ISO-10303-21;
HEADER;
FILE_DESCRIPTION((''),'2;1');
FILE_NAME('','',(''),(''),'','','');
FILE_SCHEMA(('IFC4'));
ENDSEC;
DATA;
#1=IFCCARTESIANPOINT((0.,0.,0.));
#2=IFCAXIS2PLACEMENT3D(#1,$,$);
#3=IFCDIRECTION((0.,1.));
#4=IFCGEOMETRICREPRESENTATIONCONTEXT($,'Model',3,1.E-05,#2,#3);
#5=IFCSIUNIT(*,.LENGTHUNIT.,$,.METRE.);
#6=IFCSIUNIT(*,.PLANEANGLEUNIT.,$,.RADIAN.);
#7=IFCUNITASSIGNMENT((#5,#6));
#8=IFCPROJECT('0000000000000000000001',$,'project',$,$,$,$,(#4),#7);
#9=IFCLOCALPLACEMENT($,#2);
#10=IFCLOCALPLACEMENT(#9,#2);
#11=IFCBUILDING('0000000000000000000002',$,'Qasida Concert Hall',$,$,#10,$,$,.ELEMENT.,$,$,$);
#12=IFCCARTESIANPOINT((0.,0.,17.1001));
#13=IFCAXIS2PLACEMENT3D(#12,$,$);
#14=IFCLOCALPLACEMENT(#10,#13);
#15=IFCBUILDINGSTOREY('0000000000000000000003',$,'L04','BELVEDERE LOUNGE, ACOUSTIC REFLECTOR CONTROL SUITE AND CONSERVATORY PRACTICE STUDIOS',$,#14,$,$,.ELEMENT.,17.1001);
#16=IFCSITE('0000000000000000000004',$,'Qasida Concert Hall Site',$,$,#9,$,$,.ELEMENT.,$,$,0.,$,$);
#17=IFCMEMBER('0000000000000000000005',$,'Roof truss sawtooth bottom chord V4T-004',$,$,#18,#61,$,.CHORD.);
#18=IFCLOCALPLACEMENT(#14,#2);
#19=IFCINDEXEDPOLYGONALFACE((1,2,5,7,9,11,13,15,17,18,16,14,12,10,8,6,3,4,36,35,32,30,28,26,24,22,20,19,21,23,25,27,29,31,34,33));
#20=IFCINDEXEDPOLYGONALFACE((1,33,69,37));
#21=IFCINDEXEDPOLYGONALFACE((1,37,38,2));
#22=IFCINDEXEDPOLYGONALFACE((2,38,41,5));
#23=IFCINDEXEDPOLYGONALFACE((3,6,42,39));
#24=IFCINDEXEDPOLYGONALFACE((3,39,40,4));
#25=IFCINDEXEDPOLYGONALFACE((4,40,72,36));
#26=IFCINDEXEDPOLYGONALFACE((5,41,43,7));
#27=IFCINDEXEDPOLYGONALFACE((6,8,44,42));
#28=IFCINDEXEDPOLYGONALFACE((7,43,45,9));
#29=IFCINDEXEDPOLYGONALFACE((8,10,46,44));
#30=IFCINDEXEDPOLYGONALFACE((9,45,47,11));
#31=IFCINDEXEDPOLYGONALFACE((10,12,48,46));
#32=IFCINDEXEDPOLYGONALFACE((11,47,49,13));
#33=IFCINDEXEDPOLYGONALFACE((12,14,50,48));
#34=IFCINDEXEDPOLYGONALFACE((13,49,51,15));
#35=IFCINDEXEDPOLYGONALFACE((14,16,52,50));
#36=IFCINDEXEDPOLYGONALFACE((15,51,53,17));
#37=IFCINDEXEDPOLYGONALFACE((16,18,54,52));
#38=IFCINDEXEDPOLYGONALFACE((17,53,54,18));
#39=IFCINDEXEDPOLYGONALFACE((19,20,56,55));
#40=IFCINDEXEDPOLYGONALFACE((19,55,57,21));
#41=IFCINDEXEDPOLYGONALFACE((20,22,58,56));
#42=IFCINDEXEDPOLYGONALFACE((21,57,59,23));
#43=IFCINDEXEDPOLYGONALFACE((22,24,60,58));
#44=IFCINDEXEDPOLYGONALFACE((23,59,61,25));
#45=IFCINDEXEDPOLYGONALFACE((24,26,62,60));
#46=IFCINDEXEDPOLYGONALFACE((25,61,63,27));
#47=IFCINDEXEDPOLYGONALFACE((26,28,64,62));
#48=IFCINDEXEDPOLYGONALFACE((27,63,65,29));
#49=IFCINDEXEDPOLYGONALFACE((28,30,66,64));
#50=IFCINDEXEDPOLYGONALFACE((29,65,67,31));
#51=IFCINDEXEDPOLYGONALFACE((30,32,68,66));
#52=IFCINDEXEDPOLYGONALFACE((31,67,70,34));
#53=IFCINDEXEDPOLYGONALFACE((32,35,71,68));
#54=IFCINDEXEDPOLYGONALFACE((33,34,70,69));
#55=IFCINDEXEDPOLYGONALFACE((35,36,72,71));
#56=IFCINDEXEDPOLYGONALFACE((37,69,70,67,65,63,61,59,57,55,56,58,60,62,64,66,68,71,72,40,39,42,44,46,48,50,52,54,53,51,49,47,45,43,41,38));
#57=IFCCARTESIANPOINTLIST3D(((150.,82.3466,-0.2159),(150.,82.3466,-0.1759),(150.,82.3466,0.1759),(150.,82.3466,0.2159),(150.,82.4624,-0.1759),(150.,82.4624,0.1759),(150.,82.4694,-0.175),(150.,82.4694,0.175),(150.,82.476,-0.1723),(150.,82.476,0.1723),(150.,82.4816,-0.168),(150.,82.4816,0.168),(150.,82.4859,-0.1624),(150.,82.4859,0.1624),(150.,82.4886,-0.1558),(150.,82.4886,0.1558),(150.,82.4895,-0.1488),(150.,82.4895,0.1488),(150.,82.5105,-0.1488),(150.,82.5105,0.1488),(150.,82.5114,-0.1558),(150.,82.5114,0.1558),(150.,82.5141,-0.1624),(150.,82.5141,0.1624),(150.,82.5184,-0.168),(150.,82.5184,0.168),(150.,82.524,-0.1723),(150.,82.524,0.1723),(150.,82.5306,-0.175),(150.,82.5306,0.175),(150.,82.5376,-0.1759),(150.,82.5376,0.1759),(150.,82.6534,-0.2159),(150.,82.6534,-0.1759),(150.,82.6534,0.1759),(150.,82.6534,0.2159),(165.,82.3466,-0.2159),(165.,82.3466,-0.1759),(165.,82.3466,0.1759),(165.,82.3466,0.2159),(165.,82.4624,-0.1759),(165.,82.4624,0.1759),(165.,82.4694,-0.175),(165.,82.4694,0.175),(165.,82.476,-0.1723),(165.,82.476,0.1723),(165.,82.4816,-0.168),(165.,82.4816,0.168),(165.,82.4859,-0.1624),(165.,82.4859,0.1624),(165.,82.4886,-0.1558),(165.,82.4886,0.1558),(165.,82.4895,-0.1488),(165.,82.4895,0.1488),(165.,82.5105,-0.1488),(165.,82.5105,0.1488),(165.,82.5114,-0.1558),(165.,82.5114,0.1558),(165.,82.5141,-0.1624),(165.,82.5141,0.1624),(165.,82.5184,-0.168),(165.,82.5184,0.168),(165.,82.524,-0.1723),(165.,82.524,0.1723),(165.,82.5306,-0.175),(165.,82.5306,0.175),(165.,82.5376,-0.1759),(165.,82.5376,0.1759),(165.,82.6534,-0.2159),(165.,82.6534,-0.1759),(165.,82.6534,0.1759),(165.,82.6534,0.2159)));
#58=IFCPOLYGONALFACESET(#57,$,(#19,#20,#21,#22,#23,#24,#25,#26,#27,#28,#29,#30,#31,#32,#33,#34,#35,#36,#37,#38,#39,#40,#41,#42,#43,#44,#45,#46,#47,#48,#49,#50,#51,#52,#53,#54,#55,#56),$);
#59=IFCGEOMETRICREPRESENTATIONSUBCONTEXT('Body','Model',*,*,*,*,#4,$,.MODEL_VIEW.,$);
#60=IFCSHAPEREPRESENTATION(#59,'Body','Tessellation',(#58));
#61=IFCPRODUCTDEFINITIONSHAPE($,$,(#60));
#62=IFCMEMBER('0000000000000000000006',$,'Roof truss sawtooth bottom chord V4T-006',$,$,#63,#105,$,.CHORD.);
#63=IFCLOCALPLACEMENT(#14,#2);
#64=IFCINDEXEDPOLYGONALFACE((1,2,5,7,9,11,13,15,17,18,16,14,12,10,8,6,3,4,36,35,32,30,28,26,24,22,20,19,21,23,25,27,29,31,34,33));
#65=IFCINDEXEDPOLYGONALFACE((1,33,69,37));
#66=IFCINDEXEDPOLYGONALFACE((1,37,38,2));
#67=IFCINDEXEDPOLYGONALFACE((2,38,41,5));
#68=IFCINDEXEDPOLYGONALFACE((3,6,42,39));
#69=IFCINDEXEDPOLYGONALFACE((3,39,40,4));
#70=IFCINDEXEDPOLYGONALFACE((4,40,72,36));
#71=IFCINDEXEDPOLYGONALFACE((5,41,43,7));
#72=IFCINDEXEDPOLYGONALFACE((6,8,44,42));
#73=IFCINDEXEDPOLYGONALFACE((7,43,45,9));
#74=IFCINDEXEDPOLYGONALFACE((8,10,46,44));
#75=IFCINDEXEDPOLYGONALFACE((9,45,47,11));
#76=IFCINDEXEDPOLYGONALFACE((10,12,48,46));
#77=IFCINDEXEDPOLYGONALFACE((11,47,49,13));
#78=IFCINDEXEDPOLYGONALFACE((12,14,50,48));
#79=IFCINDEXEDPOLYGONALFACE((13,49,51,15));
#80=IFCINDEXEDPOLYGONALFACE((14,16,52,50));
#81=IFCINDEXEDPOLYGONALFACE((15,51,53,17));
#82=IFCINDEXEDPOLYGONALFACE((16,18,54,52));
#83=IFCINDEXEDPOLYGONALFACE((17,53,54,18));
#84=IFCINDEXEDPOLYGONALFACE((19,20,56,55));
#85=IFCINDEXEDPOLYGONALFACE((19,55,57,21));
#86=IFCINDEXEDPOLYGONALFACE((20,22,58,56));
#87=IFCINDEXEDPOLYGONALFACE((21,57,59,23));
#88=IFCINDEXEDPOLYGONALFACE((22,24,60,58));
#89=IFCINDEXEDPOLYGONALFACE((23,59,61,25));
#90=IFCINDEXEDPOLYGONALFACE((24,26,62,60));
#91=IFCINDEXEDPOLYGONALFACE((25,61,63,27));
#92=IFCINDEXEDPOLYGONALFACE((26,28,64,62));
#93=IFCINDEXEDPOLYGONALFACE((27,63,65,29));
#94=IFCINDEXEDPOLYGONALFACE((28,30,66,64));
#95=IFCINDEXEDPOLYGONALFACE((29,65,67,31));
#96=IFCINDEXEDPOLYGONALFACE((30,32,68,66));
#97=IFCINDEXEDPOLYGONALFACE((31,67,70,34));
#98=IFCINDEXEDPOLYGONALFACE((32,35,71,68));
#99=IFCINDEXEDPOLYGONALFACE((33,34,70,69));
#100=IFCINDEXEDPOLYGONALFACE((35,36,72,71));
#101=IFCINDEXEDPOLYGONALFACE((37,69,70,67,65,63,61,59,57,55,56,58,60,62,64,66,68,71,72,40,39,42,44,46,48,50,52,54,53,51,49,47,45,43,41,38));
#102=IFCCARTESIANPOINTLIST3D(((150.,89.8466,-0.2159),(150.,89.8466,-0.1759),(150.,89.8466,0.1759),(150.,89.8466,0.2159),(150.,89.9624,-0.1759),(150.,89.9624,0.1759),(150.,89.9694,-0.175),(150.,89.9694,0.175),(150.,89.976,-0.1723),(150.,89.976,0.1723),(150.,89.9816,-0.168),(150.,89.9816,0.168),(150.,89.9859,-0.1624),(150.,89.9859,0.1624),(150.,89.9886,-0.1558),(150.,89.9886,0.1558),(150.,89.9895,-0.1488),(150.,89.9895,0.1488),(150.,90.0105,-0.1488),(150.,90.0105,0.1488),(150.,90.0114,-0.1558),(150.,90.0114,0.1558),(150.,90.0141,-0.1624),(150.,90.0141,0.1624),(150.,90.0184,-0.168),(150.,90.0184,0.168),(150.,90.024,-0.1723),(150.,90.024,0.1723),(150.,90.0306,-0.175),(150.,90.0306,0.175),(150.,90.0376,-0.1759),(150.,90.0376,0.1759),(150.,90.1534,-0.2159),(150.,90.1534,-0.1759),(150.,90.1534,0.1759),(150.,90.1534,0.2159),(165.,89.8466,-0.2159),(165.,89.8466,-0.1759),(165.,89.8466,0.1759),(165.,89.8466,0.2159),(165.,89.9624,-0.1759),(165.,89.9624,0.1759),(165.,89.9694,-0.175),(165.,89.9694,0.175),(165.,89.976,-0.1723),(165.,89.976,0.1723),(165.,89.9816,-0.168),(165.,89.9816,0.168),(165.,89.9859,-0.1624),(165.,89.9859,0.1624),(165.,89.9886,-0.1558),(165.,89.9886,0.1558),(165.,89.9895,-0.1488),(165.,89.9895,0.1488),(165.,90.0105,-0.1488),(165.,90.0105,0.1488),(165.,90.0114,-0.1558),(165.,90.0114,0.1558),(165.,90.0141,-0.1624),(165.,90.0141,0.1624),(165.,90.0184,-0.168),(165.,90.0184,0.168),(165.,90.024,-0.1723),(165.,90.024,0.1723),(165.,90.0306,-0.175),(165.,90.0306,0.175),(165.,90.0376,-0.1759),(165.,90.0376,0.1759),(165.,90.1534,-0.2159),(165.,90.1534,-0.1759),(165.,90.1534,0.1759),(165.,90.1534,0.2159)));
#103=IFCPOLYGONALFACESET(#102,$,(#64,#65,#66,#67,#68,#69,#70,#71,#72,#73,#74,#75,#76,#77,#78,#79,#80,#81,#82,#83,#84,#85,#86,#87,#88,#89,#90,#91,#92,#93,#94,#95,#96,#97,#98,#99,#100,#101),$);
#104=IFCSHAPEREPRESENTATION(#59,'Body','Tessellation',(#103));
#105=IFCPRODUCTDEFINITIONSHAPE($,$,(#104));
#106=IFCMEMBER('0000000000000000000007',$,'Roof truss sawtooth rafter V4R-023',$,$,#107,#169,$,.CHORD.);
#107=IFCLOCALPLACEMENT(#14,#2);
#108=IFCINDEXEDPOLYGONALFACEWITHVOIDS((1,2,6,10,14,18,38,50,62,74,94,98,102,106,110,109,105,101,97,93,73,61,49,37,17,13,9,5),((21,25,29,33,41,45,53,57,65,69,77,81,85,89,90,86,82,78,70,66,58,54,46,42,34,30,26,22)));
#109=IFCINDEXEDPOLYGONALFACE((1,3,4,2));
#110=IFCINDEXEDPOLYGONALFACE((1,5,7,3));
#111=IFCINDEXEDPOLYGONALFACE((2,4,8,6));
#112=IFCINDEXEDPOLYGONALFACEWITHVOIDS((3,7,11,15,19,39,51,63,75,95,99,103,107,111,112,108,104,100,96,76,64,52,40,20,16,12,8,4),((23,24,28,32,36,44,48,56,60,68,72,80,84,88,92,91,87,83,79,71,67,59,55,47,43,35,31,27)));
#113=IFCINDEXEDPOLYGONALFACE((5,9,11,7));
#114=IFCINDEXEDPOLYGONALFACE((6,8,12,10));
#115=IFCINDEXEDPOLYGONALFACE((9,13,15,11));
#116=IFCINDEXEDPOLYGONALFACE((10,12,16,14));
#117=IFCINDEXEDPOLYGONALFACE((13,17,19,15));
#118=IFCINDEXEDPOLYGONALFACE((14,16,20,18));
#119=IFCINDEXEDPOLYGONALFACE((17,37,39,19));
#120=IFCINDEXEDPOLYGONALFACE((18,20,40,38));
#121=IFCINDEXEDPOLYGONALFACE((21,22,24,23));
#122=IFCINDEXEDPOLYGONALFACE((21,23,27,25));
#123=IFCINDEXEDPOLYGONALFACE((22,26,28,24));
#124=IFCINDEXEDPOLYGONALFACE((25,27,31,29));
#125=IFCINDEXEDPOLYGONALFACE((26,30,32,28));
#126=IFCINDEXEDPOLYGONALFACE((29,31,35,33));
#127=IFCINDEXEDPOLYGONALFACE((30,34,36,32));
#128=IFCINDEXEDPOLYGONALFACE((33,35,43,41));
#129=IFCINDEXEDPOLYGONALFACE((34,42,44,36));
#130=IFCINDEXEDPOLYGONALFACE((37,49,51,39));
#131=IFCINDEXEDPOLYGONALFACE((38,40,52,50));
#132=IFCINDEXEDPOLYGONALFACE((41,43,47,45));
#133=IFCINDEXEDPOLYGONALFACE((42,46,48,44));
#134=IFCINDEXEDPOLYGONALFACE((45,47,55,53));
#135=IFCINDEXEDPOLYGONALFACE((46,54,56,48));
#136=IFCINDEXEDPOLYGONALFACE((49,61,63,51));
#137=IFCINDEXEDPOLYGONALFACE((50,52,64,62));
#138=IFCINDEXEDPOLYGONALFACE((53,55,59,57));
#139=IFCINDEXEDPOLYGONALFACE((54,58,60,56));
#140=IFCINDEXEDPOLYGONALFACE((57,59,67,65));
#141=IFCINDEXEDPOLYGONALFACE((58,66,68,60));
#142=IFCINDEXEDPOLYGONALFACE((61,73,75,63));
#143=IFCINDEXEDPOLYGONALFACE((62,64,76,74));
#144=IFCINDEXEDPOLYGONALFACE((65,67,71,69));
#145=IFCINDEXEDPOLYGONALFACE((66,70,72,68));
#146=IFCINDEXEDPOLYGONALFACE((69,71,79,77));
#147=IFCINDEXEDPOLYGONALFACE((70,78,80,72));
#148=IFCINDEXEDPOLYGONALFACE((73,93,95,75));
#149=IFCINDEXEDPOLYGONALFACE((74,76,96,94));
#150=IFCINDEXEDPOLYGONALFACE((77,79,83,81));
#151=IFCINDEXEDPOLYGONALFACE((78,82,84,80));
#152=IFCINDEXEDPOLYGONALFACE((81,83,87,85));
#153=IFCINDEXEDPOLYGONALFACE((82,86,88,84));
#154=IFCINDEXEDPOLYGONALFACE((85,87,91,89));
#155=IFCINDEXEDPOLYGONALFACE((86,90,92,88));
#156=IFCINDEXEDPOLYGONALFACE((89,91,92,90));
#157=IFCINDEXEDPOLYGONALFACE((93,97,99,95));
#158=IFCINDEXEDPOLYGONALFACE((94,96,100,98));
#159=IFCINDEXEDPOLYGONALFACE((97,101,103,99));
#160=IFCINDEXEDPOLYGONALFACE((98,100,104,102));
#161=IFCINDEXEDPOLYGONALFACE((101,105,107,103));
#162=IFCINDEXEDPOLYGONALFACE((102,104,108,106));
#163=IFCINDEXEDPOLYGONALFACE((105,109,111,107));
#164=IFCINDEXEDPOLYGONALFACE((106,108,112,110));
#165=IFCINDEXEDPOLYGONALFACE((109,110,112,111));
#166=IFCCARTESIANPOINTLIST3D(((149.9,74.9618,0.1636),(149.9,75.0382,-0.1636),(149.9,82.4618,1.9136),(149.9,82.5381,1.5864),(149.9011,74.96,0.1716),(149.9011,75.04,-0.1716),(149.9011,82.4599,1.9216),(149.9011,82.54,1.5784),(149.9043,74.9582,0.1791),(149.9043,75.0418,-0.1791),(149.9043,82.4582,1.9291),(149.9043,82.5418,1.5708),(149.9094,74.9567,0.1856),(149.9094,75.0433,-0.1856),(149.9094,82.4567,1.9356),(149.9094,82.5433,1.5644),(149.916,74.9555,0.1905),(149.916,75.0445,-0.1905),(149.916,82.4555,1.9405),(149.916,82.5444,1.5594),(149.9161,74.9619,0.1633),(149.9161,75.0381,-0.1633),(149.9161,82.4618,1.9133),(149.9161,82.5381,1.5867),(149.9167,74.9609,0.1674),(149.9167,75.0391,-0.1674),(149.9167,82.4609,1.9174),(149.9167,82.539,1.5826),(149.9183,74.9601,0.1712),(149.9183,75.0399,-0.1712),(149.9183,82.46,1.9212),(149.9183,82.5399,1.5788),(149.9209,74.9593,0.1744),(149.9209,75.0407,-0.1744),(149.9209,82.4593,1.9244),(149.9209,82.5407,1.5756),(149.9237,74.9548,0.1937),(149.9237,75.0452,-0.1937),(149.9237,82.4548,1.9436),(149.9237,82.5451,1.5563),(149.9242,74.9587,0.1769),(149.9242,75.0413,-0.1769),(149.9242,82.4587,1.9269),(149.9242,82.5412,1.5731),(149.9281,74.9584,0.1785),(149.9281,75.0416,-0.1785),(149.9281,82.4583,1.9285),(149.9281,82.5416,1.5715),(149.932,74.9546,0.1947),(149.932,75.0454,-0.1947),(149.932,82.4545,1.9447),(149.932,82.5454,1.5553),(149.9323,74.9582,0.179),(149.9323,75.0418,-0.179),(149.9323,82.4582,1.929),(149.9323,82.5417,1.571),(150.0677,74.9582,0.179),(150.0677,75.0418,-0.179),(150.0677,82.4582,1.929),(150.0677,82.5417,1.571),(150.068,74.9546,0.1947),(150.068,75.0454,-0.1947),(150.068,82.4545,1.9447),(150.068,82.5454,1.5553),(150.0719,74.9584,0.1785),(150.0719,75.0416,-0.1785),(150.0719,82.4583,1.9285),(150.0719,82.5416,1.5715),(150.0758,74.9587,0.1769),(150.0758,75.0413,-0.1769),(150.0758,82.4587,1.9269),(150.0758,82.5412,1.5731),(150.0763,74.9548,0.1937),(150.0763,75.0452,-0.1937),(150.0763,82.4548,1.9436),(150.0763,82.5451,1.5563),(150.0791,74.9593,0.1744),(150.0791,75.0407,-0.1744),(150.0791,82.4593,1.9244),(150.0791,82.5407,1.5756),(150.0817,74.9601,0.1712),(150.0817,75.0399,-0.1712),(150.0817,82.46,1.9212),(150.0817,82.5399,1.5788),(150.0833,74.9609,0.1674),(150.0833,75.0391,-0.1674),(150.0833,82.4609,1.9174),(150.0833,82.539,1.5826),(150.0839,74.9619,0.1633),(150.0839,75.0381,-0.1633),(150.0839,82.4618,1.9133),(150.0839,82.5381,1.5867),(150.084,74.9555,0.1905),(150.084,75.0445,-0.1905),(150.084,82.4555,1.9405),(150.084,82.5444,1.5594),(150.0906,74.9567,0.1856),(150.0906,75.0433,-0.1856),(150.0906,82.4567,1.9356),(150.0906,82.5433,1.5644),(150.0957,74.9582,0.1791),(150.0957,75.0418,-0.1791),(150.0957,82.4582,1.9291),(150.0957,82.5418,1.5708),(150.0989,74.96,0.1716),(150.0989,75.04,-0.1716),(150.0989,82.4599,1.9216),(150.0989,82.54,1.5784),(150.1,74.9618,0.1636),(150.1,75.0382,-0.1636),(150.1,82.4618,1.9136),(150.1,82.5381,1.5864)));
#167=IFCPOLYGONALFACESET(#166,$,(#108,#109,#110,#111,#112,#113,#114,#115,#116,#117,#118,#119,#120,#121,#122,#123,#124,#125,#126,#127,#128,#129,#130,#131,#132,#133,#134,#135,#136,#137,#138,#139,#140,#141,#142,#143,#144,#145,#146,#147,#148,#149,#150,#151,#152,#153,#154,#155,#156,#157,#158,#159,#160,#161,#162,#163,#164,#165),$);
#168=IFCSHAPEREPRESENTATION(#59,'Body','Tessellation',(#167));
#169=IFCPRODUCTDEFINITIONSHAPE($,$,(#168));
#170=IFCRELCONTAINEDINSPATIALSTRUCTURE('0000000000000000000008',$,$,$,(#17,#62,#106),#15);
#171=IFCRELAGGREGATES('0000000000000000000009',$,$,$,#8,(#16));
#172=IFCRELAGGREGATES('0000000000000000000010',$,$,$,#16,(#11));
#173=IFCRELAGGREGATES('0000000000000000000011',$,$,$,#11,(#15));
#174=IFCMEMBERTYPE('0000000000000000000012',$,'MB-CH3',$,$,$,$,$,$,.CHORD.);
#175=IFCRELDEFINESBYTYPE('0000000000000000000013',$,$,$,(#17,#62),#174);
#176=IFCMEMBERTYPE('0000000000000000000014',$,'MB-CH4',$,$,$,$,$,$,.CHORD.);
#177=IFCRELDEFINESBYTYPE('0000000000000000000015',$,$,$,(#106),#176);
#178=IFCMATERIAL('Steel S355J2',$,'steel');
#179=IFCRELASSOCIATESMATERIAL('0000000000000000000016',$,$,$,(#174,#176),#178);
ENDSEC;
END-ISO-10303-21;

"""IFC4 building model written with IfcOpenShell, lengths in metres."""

from ifc_helpers import new_model, si_unit, direction, frame, origin, origin_2d, place, context, subcontext, project, spatial, hollow_rectangle, i_section, extrude, material, material_profile, profile_set, type_object, element, save


model = new_model("IFC4")

# Units and contexts
model_context = context("Model", 3, precision=1e-05, world=origin(), true_north=direction((0.0, 1.0)))
body_context = subcontext(model_context, "Body", "Model", "MODEL_VIEW")
ifc_project = project(units=[si_unit("LENGTHUNIT", "METRE"), si_unit("PLANEANGLEUNIT", "RADIAN")], contexts=[model_context])

# Site, building, storey
site_placement = place(None, origin())
site = spatial("IfcSite", under=ifc_project, at=site_placement, Name="Qasida Concert Hall Site", CompositionType="ELEMENT", RefElevation=0.0)
building_placement = place(site_placement, origin())
building = spatial("IfcBuilding", under=site, at=building_placement, Name="Qasida Concert Hall", CompositionType="ELEMENT")
storey_placement = place(building_placement, frame((0.0, 0.0, 17.1001)))
storey = spatial("IfcBuildingStorey", under=building, at=storey_placement, Name="L04", Description="BELVEDERE LOUNGE, ACOUSTIC REFLECTOR CONTROL SUITE AND CONSERVATORY PRACTICE STUDIOS", CompositionType="ELEMENT", Elevation=17.1001)

# Members
ifc_material = material(Name="Steel S355J2", Category="steel")
ifc_material_profile_1 = material_profile(ifc_material, i_section(OverallWidth=0.3069, OverallDepth=0.4319, WebThickness=0.021, FlangeThickness=0.04, FilletRadius=0.0271, at=origin_2d()), Name="HEM 400")
ifc_profile_set_1 = profile_set([ifc_material_profile_1], Name="Steel S355J2")
member_type_1 = type_object("IfcMemberType", Name="MB-CH3", PredefinedType="CHORD", material=ifc_profile_set_1)
for number, where, z_axis, x_axis, name in (
    (1, (150.0, 82.5, 0.0), (1.0, 0.0, 0.0), (0.0, 1.0, 0.0), "Roof truss sawtooth bottom chord V4T-004"),
    (2, (150.0, 90.0, 0.0), (1.0, 0.0, 0.0), (0.0, 1.0, 0.0), "Roof truss sawtooth bottom chord V4T-006"),
):
    element("IfcMember", number, at=place(storey_placement, frame(where, z_axis=z_axis, x_axis=x_axis)), inside=storey, type_object=member_type_1, Name=name, PredefinedType="CHORD", context=body_context, shape_type="SweptSolid", body=[
        extrude(i_section(OverallWidth=0.3069, OverallDepth=0.4319, WebThickness=0.021, FlangeThickness=0.04, FilletRadius=0.0271, at=origin_2d()), origin(), (0.0, 0.0, 1.0), 15.0),
    ])
ifc_material_profile_2 = material_profile(ifc_material, hollow_rectangle(XDim=0.2, YDim=0.3999, WallThickness=0.0161, InnerFilletRadius=0.0161, OuterFilletRadius=0.032, at=origin_2d()), Name="RHS 400x200x16")
ifc_profile_set_2 = profile_set([ifc_material_profile_2], Name="Steel S355J2")
member_type_2 = type_object("IfcMemberType", Name="MB-CH4", PredefinedType="CHORD", material=ifc_profile_set_2)
for number, where, z_axis, x_axis, name in (
    (3, (150.0, 75.0, 0.0), (0.0, 0.973841, 0.22723), (-1.0, 0.0, 0.0), "Roof truss sawtooth rafter V4R-023"),
):
    element("IfcMember", number, at=place(storey_placement, frame(where, z_axis=z_axis, x_axis=x_axis)), inside=storey, type_object=member_type_2, Name=name, PredefinedType="CHORD", context=body_context, shape_type="SweptSolid", body=[
        extrude(hollow_rectangle(XDim=0.2, YDim=0.3999, WallThickness=0.0161, InnerFilletRadius=0.0161, OuterFilletRadius=0.032, at=origin_2d()), origin(), (0.0, 0.0, 1.0), 7.7014),
    ])

save(model, "model.ifc")
